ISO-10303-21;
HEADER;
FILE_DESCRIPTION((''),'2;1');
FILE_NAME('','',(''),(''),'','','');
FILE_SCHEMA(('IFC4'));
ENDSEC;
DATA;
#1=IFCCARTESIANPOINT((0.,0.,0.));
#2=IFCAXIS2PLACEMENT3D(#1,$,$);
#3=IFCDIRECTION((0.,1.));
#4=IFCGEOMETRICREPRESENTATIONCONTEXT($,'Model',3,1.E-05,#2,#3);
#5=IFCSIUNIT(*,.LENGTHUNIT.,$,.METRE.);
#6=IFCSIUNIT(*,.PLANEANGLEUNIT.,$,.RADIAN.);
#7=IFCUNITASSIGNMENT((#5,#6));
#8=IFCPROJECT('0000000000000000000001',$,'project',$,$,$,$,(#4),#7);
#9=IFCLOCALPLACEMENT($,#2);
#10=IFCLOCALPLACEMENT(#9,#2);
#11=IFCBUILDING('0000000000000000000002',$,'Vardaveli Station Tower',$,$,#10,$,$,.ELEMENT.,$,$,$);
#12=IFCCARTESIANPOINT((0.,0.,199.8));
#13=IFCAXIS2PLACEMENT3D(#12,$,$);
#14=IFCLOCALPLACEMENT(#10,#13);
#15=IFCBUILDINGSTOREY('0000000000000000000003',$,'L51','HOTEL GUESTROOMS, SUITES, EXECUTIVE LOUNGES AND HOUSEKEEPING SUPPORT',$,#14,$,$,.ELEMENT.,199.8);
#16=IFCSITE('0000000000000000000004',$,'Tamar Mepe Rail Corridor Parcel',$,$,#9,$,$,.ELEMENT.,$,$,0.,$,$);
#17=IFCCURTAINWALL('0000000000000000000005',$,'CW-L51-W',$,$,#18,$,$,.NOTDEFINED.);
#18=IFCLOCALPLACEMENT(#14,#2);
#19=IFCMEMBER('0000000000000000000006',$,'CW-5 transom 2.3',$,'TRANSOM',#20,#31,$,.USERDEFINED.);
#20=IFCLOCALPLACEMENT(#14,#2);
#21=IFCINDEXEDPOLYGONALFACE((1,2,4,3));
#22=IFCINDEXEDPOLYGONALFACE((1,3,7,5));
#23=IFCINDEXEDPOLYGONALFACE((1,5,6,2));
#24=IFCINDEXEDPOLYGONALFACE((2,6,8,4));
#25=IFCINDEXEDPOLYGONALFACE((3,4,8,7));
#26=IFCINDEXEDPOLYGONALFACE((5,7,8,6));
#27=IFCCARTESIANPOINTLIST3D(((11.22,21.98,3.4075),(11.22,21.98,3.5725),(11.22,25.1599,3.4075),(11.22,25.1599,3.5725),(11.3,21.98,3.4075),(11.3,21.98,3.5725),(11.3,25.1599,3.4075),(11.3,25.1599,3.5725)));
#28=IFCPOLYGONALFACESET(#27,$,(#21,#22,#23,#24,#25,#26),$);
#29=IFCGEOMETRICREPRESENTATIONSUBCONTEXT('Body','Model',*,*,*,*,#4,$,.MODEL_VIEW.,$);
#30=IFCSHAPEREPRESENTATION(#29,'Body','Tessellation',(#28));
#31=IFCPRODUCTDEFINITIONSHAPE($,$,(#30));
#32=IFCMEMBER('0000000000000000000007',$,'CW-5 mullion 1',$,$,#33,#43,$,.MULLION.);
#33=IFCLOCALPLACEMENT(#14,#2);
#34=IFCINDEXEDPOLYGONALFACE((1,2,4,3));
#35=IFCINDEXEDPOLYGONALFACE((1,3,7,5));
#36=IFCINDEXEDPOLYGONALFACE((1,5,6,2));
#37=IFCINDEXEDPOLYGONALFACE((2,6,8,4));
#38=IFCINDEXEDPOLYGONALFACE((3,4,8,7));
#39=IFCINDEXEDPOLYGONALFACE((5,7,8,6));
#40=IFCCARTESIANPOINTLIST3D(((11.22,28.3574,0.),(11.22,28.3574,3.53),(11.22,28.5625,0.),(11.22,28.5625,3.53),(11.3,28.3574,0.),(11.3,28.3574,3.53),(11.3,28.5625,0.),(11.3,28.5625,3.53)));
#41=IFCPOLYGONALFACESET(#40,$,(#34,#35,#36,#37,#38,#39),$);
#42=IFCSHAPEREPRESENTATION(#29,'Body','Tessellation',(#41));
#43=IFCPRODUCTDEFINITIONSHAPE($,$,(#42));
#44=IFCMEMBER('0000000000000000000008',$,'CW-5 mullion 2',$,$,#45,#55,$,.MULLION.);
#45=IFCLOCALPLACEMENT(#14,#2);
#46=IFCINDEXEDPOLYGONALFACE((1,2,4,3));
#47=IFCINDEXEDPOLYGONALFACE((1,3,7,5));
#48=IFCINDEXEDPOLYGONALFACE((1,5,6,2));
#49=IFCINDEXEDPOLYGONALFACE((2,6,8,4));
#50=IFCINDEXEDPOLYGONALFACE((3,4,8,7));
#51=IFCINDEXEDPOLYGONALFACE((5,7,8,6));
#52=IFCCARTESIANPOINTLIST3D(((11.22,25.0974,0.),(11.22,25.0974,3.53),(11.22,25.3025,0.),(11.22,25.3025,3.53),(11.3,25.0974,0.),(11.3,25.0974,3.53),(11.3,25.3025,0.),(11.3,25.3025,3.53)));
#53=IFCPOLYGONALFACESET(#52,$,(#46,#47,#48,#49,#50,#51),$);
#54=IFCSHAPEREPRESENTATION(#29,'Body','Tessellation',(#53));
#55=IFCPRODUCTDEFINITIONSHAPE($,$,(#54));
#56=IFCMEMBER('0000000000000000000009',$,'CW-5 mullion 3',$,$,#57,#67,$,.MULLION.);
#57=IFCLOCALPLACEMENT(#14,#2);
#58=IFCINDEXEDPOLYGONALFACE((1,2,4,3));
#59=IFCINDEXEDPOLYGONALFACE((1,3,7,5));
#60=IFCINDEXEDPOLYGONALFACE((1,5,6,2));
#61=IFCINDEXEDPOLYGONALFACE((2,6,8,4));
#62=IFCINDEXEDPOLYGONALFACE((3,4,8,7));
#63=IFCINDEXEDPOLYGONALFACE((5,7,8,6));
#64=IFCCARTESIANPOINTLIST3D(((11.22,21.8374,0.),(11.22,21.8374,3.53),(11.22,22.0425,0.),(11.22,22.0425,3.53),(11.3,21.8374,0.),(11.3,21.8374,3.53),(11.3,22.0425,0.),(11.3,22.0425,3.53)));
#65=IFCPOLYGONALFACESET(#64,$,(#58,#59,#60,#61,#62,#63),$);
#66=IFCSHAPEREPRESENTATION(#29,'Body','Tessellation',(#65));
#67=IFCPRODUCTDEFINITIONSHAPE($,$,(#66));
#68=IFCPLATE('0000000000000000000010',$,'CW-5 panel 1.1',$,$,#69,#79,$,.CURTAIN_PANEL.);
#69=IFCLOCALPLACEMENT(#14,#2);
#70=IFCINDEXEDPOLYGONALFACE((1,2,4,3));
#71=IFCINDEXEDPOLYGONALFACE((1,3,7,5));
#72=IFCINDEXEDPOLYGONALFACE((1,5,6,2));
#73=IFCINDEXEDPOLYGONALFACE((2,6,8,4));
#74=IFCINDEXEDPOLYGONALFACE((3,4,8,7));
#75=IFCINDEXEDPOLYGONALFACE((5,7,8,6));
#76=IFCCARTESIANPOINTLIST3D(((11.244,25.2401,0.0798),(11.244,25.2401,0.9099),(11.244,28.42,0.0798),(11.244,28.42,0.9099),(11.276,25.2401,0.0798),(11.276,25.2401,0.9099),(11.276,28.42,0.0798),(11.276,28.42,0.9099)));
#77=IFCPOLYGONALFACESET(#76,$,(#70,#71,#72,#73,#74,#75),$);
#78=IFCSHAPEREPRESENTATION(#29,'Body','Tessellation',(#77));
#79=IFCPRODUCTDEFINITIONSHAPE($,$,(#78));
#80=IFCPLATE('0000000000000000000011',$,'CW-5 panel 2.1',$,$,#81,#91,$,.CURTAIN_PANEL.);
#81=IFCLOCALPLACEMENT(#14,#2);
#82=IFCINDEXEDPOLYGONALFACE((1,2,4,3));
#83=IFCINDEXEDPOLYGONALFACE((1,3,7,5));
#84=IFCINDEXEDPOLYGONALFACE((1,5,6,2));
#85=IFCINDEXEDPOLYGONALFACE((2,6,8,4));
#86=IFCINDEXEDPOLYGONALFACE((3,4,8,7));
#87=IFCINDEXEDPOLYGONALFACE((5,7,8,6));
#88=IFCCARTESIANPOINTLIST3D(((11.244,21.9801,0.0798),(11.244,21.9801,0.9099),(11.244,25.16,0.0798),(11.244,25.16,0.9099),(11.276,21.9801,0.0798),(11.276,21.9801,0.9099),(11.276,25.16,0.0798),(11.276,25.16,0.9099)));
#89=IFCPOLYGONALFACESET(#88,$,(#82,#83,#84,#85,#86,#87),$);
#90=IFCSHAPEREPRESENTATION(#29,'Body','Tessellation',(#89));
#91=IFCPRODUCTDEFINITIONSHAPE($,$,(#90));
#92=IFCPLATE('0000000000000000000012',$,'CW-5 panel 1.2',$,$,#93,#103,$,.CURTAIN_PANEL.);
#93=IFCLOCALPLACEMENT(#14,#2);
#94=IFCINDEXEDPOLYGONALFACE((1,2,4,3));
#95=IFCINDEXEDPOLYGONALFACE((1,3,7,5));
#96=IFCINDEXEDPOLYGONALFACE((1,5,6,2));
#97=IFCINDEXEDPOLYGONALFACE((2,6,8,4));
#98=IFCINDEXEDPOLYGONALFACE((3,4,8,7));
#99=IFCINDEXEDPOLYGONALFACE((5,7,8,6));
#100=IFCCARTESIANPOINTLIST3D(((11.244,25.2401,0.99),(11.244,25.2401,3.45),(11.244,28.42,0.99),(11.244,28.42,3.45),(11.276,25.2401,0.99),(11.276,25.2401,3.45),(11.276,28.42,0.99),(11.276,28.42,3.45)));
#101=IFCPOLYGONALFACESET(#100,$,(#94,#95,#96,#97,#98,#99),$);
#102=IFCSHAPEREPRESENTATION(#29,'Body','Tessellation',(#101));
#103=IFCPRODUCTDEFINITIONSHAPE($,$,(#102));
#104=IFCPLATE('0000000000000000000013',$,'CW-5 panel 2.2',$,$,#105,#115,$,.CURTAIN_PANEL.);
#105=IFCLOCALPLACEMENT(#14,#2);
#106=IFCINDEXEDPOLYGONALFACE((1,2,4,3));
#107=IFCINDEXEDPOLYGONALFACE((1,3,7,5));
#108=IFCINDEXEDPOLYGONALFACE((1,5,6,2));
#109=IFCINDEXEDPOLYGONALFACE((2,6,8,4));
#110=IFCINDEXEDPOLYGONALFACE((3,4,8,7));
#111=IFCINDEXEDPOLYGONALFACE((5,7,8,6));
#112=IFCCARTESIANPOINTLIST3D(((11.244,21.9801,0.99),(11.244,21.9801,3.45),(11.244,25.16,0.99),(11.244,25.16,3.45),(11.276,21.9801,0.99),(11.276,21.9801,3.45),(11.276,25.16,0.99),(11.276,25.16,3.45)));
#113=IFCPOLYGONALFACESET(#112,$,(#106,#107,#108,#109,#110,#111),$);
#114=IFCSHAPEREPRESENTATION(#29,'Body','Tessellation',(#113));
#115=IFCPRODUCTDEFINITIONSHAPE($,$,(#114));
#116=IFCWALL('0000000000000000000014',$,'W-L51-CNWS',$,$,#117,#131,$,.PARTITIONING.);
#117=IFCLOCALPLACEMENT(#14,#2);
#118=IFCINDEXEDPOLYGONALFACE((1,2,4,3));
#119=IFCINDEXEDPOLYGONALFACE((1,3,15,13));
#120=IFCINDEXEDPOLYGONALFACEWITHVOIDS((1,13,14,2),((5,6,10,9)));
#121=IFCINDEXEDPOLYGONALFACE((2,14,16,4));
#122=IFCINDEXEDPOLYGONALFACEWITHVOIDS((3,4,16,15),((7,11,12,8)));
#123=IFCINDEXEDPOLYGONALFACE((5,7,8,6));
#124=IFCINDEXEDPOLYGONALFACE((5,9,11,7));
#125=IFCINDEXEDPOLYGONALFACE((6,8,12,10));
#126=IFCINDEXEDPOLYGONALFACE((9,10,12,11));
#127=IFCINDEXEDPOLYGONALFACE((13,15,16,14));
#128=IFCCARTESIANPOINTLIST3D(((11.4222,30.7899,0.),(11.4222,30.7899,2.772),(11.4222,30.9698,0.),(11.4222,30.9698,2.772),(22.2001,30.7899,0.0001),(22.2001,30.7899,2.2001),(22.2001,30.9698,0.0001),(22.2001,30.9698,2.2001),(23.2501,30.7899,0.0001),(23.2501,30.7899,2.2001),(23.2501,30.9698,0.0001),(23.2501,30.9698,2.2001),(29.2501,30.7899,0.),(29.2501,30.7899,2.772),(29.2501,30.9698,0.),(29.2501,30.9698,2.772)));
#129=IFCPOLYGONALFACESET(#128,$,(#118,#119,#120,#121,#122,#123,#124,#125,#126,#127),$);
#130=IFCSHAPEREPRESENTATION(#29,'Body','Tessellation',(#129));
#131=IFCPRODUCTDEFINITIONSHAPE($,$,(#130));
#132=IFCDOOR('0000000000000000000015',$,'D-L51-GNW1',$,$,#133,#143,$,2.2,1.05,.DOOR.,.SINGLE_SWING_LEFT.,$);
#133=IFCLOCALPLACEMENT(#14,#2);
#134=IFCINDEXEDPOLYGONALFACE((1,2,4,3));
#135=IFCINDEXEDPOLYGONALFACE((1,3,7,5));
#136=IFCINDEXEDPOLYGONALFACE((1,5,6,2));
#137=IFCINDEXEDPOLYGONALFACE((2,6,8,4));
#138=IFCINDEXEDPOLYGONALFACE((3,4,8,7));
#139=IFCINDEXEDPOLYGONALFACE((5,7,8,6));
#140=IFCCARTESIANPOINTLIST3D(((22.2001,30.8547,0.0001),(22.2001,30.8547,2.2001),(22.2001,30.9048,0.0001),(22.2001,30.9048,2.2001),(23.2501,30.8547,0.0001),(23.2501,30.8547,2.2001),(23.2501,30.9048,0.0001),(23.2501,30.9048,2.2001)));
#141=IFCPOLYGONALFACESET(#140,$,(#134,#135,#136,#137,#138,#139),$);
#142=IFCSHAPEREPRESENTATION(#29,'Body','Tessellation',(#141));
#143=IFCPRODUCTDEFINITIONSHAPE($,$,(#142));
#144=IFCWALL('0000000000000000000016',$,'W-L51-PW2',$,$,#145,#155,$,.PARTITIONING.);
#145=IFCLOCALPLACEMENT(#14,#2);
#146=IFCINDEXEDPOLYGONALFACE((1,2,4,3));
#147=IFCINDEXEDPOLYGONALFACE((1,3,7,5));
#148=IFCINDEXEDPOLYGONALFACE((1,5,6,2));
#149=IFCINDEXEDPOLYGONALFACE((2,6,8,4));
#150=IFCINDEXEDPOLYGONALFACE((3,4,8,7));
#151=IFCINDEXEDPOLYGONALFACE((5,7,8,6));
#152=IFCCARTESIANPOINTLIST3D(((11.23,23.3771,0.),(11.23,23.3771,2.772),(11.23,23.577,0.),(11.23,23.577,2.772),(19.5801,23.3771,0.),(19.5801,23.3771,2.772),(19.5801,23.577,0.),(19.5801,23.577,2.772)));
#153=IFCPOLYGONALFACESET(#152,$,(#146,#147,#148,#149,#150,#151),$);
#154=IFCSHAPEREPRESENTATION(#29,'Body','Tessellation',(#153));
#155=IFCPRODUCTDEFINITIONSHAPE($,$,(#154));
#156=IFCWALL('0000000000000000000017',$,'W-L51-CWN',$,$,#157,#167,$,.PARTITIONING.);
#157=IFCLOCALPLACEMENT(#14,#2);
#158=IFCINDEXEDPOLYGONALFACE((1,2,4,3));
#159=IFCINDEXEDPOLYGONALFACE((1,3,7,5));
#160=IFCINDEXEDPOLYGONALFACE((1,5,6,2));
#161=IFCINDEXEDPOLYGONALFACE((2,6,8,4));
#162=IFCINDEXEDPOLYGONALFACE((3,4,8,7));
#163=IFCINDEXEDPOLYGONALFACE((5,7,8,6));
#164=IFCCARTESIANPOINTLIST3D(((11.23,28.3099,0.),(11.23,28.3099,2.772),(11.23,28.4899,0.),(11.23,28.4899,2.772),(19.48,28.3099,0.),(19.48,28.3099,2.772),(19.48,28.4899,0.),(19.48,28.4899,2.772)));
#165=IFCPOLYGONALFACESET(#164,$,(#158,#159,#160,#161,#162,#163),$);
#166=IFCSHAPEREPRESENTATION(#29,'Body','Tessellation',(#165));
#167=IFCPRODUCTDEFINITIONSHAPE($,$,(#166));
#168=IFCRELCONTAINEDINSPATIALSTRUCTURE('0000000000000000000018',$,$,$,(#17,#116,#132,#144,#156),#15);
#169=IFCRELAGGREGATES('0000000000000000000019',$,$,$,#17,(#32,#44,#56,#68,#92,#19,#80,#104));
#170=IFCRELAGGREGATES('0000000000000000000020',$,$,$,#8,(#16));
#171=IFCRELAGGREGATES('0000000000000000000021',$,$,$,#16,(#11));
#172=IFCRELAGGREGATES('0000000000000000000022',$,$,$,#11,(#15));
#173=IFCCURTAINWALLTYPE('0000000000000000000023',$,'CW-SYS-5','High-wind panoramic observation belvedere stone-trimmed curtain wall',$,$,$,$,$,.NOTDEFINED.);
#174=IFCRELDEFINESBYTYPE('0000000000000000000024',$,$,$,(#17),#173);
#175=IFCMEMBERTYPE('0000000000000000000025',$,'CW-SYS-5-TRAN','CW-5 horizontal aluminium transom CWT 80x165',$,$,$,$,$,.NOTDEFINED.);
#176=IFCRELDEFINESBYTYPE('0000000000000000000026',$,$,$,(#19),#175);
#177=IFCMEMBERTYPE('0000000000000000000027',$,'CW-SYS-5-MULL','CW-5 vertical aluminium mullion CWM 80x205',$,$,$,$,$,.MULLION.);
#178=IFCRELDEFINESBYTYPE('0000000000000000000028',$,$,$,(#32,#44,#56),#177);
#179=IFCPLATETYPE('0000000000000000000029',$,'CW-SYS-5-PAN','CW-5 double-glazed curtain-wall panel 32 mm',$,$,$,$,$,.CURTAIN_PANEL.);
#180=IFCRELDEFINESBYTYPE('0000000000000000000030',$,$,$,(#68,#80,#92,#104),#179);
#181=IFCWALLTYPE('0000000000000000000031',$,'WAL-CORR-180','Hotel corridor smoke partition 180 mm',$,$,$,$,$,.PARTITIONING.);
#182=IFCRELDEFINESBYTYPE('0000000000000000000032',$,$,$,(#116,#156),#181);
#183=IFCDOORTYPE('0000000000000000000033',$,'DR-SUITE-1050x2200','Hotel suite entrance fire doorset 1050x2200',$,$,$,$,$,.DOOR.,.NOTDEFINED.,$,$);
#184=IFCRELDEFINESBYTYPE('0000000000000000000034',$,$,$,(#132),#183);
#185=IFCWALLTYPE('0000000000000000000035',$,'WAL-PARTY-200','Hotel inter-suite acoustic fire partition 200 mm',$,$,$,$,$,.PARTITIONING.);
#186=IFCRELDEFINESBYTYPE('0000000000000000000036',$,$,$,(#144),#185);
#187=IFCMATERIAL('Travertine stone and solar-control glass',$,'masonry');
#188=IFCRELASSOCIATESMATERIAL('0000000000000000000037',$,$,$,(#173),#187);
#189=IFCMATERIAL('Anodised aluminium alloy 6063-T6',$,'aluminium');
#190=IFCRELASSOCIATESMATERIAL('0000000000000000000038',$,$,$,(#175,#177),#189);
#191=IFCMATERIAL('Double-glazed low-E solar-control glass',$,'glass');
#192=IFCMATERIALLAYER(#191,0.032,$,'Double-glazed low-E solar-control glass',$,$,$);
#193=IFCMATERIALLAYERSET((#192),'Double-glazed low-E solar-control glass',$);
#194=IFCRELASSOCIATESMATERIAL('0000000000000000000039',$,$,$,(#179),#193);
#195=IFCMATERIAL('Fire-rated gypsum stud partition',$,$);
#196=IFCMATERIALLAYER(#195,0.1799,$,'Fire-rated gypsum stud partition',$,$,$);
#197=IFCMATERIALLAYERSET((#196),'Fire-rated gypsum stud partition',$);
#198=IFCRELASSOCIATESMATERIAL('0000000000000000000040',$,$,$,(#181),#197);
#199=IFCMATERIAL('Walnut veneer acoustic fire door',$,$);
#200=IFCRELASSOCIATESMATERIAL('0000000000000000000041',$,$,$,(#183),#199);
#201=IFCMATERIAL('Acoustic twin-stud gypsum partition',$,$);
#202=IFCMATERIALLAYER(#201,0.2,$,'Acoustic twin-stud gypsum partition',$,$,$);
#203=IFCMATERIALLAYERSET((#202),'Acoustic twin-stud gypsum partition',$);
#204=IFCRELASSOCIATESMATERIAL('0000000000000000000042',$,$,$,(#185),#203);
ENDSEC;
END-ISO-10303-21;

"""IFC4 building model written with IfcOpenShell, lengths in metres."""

from ifc_helpers import new_model, si_unit, direction, frame, frame_2d, origin, origin_2d, place, context, subcontext, project, spatial, rectangle, extrude, source, transform, mapped, material, layer, layer_set, material_profile, profile_set, type_object, element, fill, aggregate, save


model = new_model("IFC4")

# Units and contexts
model_context = context("Model", 3, precision=1e-05, world=origin(), true_north=direction((0.0, 1.0)))
body_context = subcontext(model_context, "Body", "Model", "MODEL_VIEW")
ifc_project = project(units=[si_unit("LENGTHUNIT", "METRE"), si_unit("PLANEANGLEUNIT", "RADIAN")], contexts=[model_context])

# Site, building, storey
site_placement = place(None, origin())
site = spatial("IfcSite", under=ifc_project, at=site_placement, Name="Tamar Mepe Rail Corridor Parcel", CompositionType="ELEMENT", RefElevation=0.0)
building_placement = place(site_placement, origin())
building = spatial("IfcBuilding", under=site, at=building_placement, Name="Vardaveli Station Tower", CompositionType="ELEMENT")
storey_placement = place(building_placement, frame((0.0, 0.0, 199.8)))
storey = spatial("IfcBuildingStorey", under=building, at=storey_placement, Name="L51", Description="HOTEL GUESTROOMS, SUITES, EXECUTIVE LOUNGES AND HOUSEKEEPING SUPPORT", CompositionType="ELEMENT", Elevation=199.8)

# Curtain wall, members, plates
ifc_material_1 = material(Name="Travertine stone and solar-control glass", Category="masonry")
curtain_wall_type = type_object("IfcCurtainWallType", Name="CW-SYS-5", Description="High-wind panoramic observation belvedere stone-trimmed curtain wall", PredefinedType="NOTDEFINED", material=ifc_material_1)
curtain_wall_placement = place(storey_placement, origin())
curtain_wall = element("IfcCurtainWall", 1, at=curtain_wall_placement, inside=storey, type_object=curtain_wall_type, Name="CW-L51-W", PredefinedType="NOTDEFINED")
ifc_material_2 = material(Name="Anodised aluminium alloy 6063-T6", Category="aluminium")
ifc_material_profile_1 = material_profile(ifc_material_2, rectangle(XDim=0.0801, YDim=0.165, at=origin_2d()), Name="CWT 80x165")
ifc_profile_set_1 = profile_set([ifc_material_profile_1], Name="Anodised aluminium alloy 6063-T6")
member_type_1 = type_object("IfcMemberType", Name="CW-SYS-5-TRAN", Description="CW-5 horizontal aluminium transom CWT 80x165", PredefinedType="NOTDEFINED", material=ifc_profile_set_1)
shared_shape_1 = source(origin(), body_context, "Body", "SweptSolid", [
    extrude(rectangle(XDim=0.0801, YDim=0.165, at=origin_2d()), origin(), (0.0, 0.0, 1.0), 3.1799),
])
member_1_placement = place(storey_placement, frame((11.26, 25.1599, 3.49), z_axis=(0.0, -1.0, 0.0), x_axis=(1.0, 0.0, 0.0)))
member_1 = element("IfcMember", 2, at=member_1_placement, type_object=member_type_1, Name="CW-5 transom 2.3", ObjectType="TRANSOM", PredefinedType="USERDEFINED", context=body_context, shape_type="MappedRepresentation", body=[
    mapped(shared_shape_1, transform((0.0, 0.0, 0.0), scale=1.0)),
])
ifc_material_profile_2 = material_profile(ifc_material_2, rectangle(XDim=0.0801, YDim=0.2051, at=origin_2d()), Name="CWM 80x205")
ifc_profile_set_2 = profile_set([ifc_material_profile_2], Name="Anodised aluminium alloy 6063-T6")
member_type_2 = type_object("IfcMemberType", Name="CW-SYS-5-MULL", Description="CW-5 vertical aluminium mullion CWM 80x205", PredefinedType="MULLION", material=ifc_profile_set_2)
shared_shape_2 = source(origin(), body_context, "Body", "SweptSolid", [
    extrude(rectangle(XDim=0.0801, YDim=0.2051, at=origin_2d()), origin(), (0.0, 0.0, 1.0), 3.53),
])
member_2_placement = place(storey_placement, frame((11.26, 28.46, 0.0), z_axis=(0.0, 0.0, 1.0), x_axis=(1.0, 0.0, 0.0)))
member_2 = element("IfcMember", 3, at=member_2_placement, type_object=member_type_2, Name="CW-5 mullion 1", PredefinedType="MULLION", context=body_context, shape_type="MappedRepresentation", body=[
    mapped(shared_shape_2, transform((0.0, 0.0, 0.0), scale=1.0)),
])
member_3_placement = place(storey_placement, frame((11.26, 25.2, 0.0), z_axis=(0.0, 0.0, 1.0), x_axis=(1.0, 0.0, 0.0)))
member_3 = element("IfcMember", 4, at=member_3_placement, type_object=member_type_2, Name="CW-5 mullion 2", PredefinedType="MULLION", context=body_context, shape_type="MappedRepresentation", body=[
    mapped(shared_shape_2, transform((0.0, 0.0, 0.0), scale=1.0)),
])
member_4_placement = place(storey_placement, frame((11.26, 21.9399, 0.0), z_axis=(0.0, 0.0, 1.0), x_axis=(1.0, 0.0, 0.0)))
member_4 = element("IfcMember", 5, at=member_4_placement, type_object=member_type_2, Name="CW-5 mullion 3", PredefinedType="MULLION", context=body_context, shape_type="MappedRepresentation", body=[
    mapped(shared_shape_2, transform((0.0, 0.0, 0.0), scale=1.0)),
])
ifc_material_3 = material(Name="Double-glazed low-E solar-control glass", Category="glass")
ifc_layer_1 = layer(ifc_material_3, 0.032, Name="Double-glazed low-E solar-control glass")
ifc_layer_set_1 = layer_set([ifc_layer_1], Name="Double-glazed low-E solar-control glass")
plate_type = type_object("IfcPlateType", Name="CW-SYS-5-PAN", Description="CW-5 double-glazed curtain-wall panel 32 mm", PredefinedType="CURTAIN_PANEL", material=ifc_layer_set_1)
shared_shape_3 = source(origin(), body_context, "Body", "SweptSolid", [
    extrude(rectangle(XDim=3.1799, YDim=0.032, at=origin_2d()), origin(), (0.0, 0.0, 1.0), 0.8301),
])
plate_1_placement = place(storey_placement, frame((11.26, 26.8301, 0.0798), z_axis=(0.0, 0.0, 1.0), x_axis=(0.0, -1.0, 0.0)))
plate_1 = element("IfcPlate", 6, at=plate_1_placement, type_object=plate_type, Name="CW-5 panel 1.1", PredefinedType="CURTAIN_PANEL", context=body_context, shape_type="MappedRepresentation", body=[
    mapped(shared_shape_3, transform((0.0, 0.0, 0.0), scale=1.0)),
])
plate_2_placement = place(storey_placement, frame((11.26, 23.5701, 0.0798), z_axis=(0.0, 0.0, 1.0), x_axis=(0.0, -1.0, 0.0)))
plate_2 = element("IfcPlate", 7, at=plate_2_placement, type_object=plate_type, Name="CW-5 panel 2.1", PredefinedType="CURTAIN_PANEL", context=body_context, shape_type="MappedRepresentation", body=[
    mapped(shared_shape_3, transform((0.0, 0.0, 0.0), scale=1.0)),
])
shared_shape_4 = source(origin(), body_context, "Body", "SweptSolid", [
    extrude(rectangle(XDim=3.1799, YDim=0.032, at=origin_2d()), origin(), (0.0, 0.0, 1.0), 2.46),
])
plate_3_placement = place(storey_placement, frame((11.26, 26.8301, 0.99), z_axis=(0.0, 0.0, 1.0), x_axis=(0.0, -1.0, 0.0)))
plate_3 = element("IfcPlate", 8, at=plate_3_placement, type_object=plate_type, Name="CW-5 panel 1.2", PredefinedType="CURTAIN_PANEL", context=body_context, shape_type="MappedRepresentation", body=[
    mapped(shared_shape_4, transform((0.0, 0.0, 0.0), scale=1.0)),
])
plate_4_placement = place(storey_placement, frame((11.26, 23.5701, 0.99), z_axis=(0.0, 0.0, 1.0), x_axis=(0.0, -1.0, 0.0)))
plate_4 = element("IfcPlate", 9, at=plate_4_placement, type_object=plate_type, Name="CW-5 panel 2.2", PredefinedType="CURTAIN_PANEL", context=body_context, shape_type="MappedRepresentation", body=[
    mapped(shared_shape_4, transform((0.0, 0.0, 0.0), scale=1.0)),
])
aggregate(curtain_wall, [member_2, member_3, member_4, plate_1, plate_3, member_1, plate_2, plate_4])

# Wall, opening, door
ifc_material_4 = material(Name="Fire-rated gypsum stud partition")
ifc_layer_2 = layer(ifc_material_4, 0.1799, Name="Fire-rated gypsum stud partition")
ifc_layer_set_2 = layer_set([ifc_layer_2], Name="Fire-rated gypsum stud partition")
wall_type_1 = type_object("IfcWallType", Name="WAL-CORR-180", Description="Hotel corridor smoke partition 180 mm", PredefinedType="PARTITIONING", material=ifc_layer_set_2)
shared_shape_5 = source(origin(), body_context, "Body", "SweptSolid", [
    extrude(rectangle(XDim=17.8279, YDim=0.1799, at=frame_2d((8.9141, 0.0))), origin(), (0.0, 0.0, 1.0), 2.772),
])
wall_1_placement = place(storey_placement, frame((11.4221, 30.8799, 0.0), z_axis=(0.0, 0.0, 1.0), x_axis=(1.0, 0.0, 0.0)))
wall_1 = element("IfcWall", 10, at=wall_1_placement, inside=storey, type_object=wall_type_1, Name="W-L51-CNWS", PredefinedType="PARTITIONING", context=body_context, shape_type="MappedRepresentation", body=[
    mapped(shared_shape_5, transform((0.0, 0.0, 0.0), scale=1.0)),
])
shared_shape_6 = source(origin(), body_context, "Body", "SweptSolid", [
    extrude(rectangle(XDim=1.05, YDim=2.2, at=frame_2d((0.5249, 1.1001))), frame((0.0, 0.1001, 0.0), z_axis=(0.0, -1.0, 0.0), x_axis=(1.0, 0.0, 0.0)), (0.0, 0.0, 1.0), 0.2),
])
opening_placement = place(wall_1_placement, frame((10.7781, 0.0, 0.0)))
opening = element("IfcOpeningElement", 11, at=opening_placement, cuts=wall_1, PredefinedType="OPENING", context=body_context, shape_type="MappedRepresentation", body=[
    mapped(shared_shape_6, transform((0.0, 0.0, 0.0), scale=1.0)),
])
ifc_material_5 = material(Name="Walnut veneer acoustic fire door")
door_type = type_object("IfcDoorType", Name="DR-SUITE-1050x2200", Description="Hotel suite entrance fire doorset 1050x2200", OperationType="NOTDEFINED", PredefinedType="DOOR", material=ifc_material_5)
shared_shape_7 = source(origin(), body_context, "Body", "SweptSolid", [
    extrude(rectangle(XDim=1.05, YDim=2.2, at=frame_2d((0.5249, 1.1001))), frame((0.0, 0.0249, 0.0), z_axis=(0.0, -1.0, 0.0), x_axis=(1.0, 0.0, 0.0)), (0.0, 0.0, 1.0), 0.05),
])
door_placement = place(opening_placement, origin())
door = element("IfcDoor", 12, at=door_placement, inside=storey, type_object=door_type, Name="D-L51-GNW1", OperationType="SINGLE_SWING_LEFT", OverallHeight=2.2, OverallWidth=1.05, PredefinedType="DOOR", context=body_context, shape_type="MappedRepresentation", body=[
    mapped(shared_shape_7, transform((0.0, 0.0, 0.0), scale=1.0)),
])
fill(opening, door)

# Walls
ifc_material_6 = material(Name="Acoustic twin-stud gypsum partition")
ifc_layer_3 = layer(ifc_material_6, 0.2, Name="Acoustic twin-stud gypsum partition")
ifc_layer_set_3 = layer_set([ifc_layer_3], Name="Acoustic twin-stud gypsum partition")
wall_type_2 = type_object("IfcWallType", Name="WAL-PARTY-200", Description="Hotel inter-suite acoustic fire partition 200 mm", PredefinedType="PARTITIONING", material=ifc_layer_set_3)
shared_shape_8 = source(origin(), body_context, "Body", "SweptSolid", [
    extrude(rectangle(XDim=8.3501, YDim=0.2, at=frame_2d((4.175, 0.0))), origin(), (0.0, 0.0, 1.0), 2.772),
])
wall_2_placement = place(storey_placement, frame((11.23, 23.4771, 0.0), z_axis=(0.0, 0.0, 1.0), x_axis=(1.0, 0.0, 0.0)))
element("IfcWall", 13, at=wall_2_placement, inside=storey, type_object=wall_type_2, Name="W-L51-PW2", PredefinedType="PARTITIONING", context=body_context, shape_type="MappedRepresentation", body=[
    mapped(shared_shape_8, transform((0.0, 0.0, 0.0), scale=1.0)),
])
shared_shape_9 = source(origin(), body_context, "Body", "SweptSolid", [
    extrude(rectangle(XDim=8.25, YDim=0.1799, at=frame_2d((4.125, 0.0))), origin(), (0.0, 0.0, 1.0), 2.772),
])
wall_3_placement = place(storey_placement, frame((11.23, 28.3999, 0.0), z_axis=(0.0, 0.0, 1.0), x_axis=(1.0, 0.0, 0.0)))
element("IfcWall", 14, at=wall_3_placement, inside=storey, type_object=wall_type_1, Name="W-L51-CWN", PredefinedType="PARTITIONING", context=body_context, shape_type="MappedRepresentation", body=[
    mapped(shared_shape_9, transform((0.0, 0.0, 0.0), scale=1.0)),
])

save(model, "model.ifc")
